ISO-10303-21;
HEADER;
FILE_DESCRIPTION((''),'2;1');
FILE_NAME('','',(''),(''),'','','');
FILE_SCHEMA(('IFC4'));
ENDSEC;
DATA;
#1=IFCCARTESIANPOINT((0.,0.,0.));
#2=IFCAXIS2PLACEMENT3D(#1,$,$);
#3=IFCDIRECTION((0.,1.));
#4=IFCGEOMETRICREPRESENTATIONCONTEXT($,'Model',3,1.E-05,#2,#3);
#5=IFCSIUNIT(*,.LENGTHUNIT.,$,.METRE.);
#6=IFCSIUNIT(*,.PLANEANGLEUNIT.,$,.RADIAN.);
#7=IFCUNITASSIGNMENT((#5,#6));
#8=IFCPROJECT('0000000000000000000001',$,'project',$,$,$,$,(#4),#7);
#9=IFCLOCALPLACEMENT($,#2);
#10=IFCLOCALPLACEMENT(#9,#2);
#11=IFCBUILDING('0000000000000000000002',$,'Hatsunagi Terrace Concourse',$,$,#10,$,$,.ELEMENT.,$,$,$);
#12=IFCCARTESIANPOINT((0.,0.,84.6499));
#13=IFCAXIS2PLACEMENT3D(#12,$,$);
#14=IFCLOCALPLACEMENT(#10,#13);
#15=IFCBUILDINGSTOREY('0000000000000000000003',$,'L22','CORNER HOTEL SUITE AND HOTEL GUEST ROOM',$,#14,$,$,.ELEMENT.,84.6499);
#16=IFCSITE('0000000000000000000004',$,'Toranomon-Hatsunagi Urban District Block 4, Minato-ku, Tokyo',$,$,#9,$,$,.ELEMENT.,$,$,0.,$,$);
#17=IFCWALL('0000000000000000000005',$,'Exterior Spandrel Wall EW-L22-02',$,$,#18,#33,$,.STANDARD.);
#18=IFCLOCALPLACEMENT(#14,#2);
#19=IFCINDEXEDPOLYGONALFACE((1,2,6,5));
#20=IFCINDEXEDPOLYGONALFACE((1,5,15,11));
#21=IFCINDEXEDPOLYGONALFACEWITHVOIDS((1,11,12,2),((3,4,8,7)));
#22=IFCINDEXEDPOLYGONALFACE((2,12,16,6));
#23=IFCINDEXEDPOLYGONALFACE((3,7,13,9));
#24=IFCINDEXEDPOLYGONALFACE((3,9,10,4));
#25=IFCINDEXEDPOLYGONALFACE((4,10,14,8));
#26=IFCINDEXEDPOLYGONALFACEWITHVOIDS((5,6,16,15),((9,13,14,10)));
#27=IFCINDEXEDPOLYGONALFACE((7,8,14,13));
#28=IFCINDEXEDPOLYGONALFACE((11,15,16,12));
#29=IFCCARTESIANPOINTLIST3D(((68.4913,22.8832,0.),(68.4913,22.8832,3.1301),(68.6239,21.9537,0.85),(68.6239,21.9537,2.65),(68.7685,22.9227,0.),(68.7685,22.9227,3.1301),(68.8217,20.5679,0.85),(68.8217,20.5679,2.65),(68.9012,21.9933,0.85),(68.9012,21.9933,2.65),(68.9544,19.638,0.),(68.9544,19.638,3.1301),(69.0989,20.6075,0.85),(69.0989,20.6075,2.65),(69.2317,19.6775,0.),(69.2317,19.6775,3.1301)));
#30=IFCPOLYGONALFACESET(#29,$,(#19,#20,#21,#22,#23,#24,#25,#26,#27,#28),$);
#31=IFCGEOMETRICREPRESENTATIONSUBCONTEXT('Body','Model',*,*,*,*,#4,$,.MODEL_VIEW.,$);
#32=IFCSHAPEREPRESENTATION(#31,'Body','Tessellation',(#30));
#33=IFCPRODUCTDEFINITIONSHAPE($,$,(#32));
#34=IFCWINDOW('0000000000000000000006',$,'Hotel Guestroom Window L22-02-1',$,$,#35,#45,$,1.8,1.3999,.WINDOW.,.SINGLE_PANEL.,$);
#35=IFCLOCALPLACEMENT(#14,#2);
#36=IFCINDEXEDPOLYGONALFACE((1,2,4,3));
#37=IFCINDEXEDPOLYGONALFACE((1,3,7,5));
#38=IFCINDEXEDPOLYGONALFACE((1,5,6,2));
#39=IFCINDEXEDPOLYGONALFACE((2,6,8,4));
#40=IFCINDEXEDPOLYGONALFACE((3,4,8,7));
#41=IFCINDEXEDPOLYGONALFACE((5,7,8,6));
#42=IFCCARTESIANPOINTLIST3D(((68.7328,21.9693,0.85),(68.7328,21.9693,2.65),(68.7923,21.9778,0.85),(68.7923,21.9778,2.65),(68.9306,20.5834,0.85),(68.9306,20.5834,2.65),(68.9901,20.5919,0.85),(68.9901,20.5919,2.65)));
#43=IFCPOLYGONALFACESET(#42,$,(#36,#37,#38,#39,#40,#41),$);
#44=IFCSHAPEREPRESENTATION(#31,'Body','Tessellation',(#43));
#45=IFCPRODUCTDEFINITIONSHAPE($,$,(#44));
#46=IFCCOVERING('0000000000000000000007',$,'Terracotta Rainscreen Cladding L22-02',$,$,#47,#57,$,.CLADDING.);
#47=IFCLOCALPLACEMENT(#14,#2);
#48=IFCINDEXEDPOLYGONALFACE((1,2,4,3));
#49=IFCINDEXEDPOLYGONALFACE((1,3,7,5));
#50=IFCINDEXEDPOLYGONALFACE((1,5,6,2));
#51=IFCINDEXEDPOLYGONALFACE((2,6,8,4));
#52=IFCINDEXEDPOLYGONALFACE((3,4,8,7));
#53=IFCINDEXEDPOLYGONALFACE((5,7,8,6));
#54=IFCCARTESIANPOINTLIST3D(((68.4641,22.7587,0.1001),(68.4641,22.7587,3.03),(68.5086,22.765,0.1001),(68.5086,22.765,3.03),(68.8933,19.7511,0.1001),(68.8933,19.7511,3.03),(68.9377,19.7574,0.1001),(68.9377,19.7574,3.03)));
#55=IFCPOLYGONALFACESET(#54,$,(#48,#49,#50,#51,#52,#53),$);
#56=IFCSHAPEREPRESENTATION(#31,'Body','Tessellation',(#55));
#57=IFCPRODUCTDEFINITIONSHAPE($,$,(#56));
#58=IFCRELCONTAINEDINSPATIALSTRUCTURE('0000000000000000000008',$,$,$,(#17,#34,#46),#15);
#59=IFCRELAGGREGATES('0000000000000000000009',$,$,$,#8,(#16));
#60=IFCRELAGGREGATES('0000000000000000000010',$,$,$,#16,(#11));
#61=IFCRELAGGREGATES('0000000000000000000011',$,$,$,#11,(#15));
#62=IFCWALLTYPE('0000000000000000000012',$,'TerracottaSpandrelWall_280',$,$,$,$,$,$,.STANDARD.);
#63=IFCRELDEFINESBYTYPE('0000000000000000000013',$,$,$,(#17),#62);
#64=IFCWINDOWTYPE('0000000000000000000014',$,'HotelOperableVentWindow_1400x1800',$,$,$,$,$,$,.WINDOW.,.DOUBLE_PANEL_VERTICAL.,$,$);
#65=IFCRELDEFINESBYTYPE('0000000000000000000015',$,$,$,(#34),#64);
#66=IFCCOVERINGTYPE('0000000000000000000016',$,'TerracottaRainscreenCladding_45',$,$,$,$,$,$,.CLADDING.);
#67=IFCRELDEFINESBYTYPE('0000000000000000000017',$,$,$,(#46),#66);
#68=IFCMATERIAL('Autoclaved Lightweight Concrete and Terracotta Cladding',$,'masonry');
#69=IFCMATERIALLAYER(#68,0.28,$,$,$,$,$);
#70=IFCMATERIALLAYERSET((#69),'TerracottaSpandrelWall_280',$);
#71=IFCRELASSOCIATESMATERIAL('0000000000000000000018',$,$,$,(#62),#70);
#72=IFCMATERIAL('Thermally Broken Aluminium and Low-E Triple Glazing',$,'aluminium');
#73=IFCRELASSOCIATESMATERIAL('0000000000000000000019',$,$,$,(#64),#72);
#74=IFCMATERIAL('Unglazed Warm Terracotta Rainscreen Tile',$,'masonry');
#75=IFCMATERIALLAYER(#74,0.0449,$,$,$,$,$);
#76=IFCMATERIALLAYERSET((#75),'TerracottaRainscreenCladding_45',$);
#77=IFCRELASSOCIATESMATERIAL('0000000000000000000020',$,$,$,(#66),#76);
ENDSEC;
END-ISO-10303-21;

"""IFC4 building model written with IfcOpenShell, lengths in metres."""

from ifc_helpers import new_model, si_unit, direction, frame, frame_2d, origin, origin_2d, place, context, subcontext, project, spatial, rectangle, extrude, material, layer, layer_set, type_object, element, fill, save


model = new_model("IFC4")

# Units and contexts
model_context = context("Model", 3, precision=1e-05, world=origin(), true_north=direction((0.0, 1.0)))
body_context = subcontext(model_context, "Body", "Model", "MODEL_VIEW")
ifc_project = project(units=[si_unit("LENGTHUNIT", "METRE"), si_unit("PLANEANGLEUNIT", "RADIAN")], contexts=[model_context])

# Site, building, storey
site_placement = place(None, origin())
site = spatial("IfcSite", under=ifc_project, at=site_placement, Name="Toranomon-Hatsunagi Urban District Block 4, Minato-ku, Tokyo", CompositionType="ELEMENT", RefElevation=0.0)
building_placement = place(site_placement, origin())
building = spatial("IfcBuilding", under=site, at=building_placement, Name="Hatsunagi Terrace Concourse", CompositionType="ELEMENT")
storey_placement = place(building_placement, frame((0.0, 0.0, 84.6499)))
storey = spatial("IfcBuildingStorey", under=building, at=storey_placement, Name="L22", Description="CORNER HOTEL SUITE AND HOTEL GUEST ROOM", CompositionType="ELEMENT", Elevation=84.6499)

# Wall, opening, window
ifc_material_1 = material(Name="Autoclaved Lightweight Concrete and Terracotta Cladding", Category="masonry")
ifc_layer_1 = layer(ifc_material_1, 0.28)
ifc_layer_set_1 = layer_set([ifc_layer_1], Name="TerracottaSpandrelWall_280")
wall_type_1 = type_object("IfcWallType", Name="TerracottaSpandrelWall_280", PredefinedType="STANDARD", material=ifc_layer_set_1)
wall_1_placement = place(storey_placement, frame((68.6299, 22.9031, 0.0), z_axis=(0.0, 0.0, 1.0), x_axis=(0.141286, -0.989969, 0.0)))
wall_1 = element("IfcWall", 1, at=wall_1_placement, inside=storey, type_object=wall_type_1, Name="Exterior Spandrel Wall EW-L22-02", PredefinedType="STANDARD", context=body_context, shape_type="SweptSolid", body=[
    extrude(rectangle(XDim=3.2781, YDim=0.28, at=frame_2d((1.6392, 0.0))), origin(), (0.0, 0.0, 1.0), 3.1301),
])
opening_1_placement = place(wall_1_placement, frame((0.939, 0.0, 0.8501)))
opening_1 = element("IfcOpeningElement", 2, at=opening_1_placement, cuts=wall_1, PredefinedType="OPENING", context=body_context, shape_type="SweptSolid", body=[
    extrude(rectangle(XDim=1.3999, YDim=1.8, at=frame_2d((0.7, 0.8999))), frame((0.0, 0.1499, 0.0), z_axis=(0.0, -1.0, 0.0), x_axis=(1.0, 0.0, 0.0)), (0.0, 0.0, 1.0), 0.3),
])
ifc_material_2 = material(Name="Thermally Broken Aluminium and Low-E Triple Glazing", Category="aluminium")
window_type = type_object("IfcWindowType", Name="HotelOperableVentWindow_1400x1800", PartitioningType="DOUBLE_PANEL_VERTICAL", PredefinedType="WINDOW", material=ifc_material_2)
window_placement = place(opening_1_placement, origin())
window = element("IfcWindow", 3, at=window_placement, inside=storey, type_object=window_type, Name="Hotel Guestroom Window L22-02-1", OverallHeight=1.8, OverallWidth=1.3999, PartitioningType="SINGLE_PANEL", PredefinedType="WINDOW", context=body_context, shape_type="SweptSolid", body=[
    extrude(rectangle(XDim=1.3999, YDim=1.8, at=frame_2d((0.7, 0.8999))), frame((0.0, 0.03, 0.0), z_axis=(0.0, -1.0, 0.0), x_axis=(1.0, 0.0, 0.0)), (0.0, 0.0, 1.0), 0.0601),
])
fill(opening_1, window)

# Covering
ifc_material_3 = material(Name="Unglazed Warm Terracotta Rainscreen Tile", Category="masonry")
ifc_layer_2 = layer(ifc_material_3, 0.0449)
ifc_layer_set_2 = layer_set([ifc_layer_2], Name="TerracottaRainscreenCladding_45")
covering_type = type_object("IfcCoveringType", Name="TerracottaRainscreenCladding_45", PredefinedType="CLADDING", material=ifc_layer_set_2)
covering_placement = place(storey_placement, frame((68.7009, 21.2581, 0.1001), z_axis=(0.0, 0.0, 1.0), x_axis=(0.14125, -0.989974, 0.0)))
element("IfcCovering", 4, at=covering_placement, inside=storey, type_object=covering_type, Name="Terracotta Rainscreen Cladding L22-02", PredefinedType="CLADDING", context=body_context, shape_type="SweptSolid", body=[
    extrude(rectangle(XDim=3.0381, YDim=0.0449, at=origin_2d()), origin(), (0.0, 0.0, 1.0), 2.9299),
])

save(model, "model.ifc")
